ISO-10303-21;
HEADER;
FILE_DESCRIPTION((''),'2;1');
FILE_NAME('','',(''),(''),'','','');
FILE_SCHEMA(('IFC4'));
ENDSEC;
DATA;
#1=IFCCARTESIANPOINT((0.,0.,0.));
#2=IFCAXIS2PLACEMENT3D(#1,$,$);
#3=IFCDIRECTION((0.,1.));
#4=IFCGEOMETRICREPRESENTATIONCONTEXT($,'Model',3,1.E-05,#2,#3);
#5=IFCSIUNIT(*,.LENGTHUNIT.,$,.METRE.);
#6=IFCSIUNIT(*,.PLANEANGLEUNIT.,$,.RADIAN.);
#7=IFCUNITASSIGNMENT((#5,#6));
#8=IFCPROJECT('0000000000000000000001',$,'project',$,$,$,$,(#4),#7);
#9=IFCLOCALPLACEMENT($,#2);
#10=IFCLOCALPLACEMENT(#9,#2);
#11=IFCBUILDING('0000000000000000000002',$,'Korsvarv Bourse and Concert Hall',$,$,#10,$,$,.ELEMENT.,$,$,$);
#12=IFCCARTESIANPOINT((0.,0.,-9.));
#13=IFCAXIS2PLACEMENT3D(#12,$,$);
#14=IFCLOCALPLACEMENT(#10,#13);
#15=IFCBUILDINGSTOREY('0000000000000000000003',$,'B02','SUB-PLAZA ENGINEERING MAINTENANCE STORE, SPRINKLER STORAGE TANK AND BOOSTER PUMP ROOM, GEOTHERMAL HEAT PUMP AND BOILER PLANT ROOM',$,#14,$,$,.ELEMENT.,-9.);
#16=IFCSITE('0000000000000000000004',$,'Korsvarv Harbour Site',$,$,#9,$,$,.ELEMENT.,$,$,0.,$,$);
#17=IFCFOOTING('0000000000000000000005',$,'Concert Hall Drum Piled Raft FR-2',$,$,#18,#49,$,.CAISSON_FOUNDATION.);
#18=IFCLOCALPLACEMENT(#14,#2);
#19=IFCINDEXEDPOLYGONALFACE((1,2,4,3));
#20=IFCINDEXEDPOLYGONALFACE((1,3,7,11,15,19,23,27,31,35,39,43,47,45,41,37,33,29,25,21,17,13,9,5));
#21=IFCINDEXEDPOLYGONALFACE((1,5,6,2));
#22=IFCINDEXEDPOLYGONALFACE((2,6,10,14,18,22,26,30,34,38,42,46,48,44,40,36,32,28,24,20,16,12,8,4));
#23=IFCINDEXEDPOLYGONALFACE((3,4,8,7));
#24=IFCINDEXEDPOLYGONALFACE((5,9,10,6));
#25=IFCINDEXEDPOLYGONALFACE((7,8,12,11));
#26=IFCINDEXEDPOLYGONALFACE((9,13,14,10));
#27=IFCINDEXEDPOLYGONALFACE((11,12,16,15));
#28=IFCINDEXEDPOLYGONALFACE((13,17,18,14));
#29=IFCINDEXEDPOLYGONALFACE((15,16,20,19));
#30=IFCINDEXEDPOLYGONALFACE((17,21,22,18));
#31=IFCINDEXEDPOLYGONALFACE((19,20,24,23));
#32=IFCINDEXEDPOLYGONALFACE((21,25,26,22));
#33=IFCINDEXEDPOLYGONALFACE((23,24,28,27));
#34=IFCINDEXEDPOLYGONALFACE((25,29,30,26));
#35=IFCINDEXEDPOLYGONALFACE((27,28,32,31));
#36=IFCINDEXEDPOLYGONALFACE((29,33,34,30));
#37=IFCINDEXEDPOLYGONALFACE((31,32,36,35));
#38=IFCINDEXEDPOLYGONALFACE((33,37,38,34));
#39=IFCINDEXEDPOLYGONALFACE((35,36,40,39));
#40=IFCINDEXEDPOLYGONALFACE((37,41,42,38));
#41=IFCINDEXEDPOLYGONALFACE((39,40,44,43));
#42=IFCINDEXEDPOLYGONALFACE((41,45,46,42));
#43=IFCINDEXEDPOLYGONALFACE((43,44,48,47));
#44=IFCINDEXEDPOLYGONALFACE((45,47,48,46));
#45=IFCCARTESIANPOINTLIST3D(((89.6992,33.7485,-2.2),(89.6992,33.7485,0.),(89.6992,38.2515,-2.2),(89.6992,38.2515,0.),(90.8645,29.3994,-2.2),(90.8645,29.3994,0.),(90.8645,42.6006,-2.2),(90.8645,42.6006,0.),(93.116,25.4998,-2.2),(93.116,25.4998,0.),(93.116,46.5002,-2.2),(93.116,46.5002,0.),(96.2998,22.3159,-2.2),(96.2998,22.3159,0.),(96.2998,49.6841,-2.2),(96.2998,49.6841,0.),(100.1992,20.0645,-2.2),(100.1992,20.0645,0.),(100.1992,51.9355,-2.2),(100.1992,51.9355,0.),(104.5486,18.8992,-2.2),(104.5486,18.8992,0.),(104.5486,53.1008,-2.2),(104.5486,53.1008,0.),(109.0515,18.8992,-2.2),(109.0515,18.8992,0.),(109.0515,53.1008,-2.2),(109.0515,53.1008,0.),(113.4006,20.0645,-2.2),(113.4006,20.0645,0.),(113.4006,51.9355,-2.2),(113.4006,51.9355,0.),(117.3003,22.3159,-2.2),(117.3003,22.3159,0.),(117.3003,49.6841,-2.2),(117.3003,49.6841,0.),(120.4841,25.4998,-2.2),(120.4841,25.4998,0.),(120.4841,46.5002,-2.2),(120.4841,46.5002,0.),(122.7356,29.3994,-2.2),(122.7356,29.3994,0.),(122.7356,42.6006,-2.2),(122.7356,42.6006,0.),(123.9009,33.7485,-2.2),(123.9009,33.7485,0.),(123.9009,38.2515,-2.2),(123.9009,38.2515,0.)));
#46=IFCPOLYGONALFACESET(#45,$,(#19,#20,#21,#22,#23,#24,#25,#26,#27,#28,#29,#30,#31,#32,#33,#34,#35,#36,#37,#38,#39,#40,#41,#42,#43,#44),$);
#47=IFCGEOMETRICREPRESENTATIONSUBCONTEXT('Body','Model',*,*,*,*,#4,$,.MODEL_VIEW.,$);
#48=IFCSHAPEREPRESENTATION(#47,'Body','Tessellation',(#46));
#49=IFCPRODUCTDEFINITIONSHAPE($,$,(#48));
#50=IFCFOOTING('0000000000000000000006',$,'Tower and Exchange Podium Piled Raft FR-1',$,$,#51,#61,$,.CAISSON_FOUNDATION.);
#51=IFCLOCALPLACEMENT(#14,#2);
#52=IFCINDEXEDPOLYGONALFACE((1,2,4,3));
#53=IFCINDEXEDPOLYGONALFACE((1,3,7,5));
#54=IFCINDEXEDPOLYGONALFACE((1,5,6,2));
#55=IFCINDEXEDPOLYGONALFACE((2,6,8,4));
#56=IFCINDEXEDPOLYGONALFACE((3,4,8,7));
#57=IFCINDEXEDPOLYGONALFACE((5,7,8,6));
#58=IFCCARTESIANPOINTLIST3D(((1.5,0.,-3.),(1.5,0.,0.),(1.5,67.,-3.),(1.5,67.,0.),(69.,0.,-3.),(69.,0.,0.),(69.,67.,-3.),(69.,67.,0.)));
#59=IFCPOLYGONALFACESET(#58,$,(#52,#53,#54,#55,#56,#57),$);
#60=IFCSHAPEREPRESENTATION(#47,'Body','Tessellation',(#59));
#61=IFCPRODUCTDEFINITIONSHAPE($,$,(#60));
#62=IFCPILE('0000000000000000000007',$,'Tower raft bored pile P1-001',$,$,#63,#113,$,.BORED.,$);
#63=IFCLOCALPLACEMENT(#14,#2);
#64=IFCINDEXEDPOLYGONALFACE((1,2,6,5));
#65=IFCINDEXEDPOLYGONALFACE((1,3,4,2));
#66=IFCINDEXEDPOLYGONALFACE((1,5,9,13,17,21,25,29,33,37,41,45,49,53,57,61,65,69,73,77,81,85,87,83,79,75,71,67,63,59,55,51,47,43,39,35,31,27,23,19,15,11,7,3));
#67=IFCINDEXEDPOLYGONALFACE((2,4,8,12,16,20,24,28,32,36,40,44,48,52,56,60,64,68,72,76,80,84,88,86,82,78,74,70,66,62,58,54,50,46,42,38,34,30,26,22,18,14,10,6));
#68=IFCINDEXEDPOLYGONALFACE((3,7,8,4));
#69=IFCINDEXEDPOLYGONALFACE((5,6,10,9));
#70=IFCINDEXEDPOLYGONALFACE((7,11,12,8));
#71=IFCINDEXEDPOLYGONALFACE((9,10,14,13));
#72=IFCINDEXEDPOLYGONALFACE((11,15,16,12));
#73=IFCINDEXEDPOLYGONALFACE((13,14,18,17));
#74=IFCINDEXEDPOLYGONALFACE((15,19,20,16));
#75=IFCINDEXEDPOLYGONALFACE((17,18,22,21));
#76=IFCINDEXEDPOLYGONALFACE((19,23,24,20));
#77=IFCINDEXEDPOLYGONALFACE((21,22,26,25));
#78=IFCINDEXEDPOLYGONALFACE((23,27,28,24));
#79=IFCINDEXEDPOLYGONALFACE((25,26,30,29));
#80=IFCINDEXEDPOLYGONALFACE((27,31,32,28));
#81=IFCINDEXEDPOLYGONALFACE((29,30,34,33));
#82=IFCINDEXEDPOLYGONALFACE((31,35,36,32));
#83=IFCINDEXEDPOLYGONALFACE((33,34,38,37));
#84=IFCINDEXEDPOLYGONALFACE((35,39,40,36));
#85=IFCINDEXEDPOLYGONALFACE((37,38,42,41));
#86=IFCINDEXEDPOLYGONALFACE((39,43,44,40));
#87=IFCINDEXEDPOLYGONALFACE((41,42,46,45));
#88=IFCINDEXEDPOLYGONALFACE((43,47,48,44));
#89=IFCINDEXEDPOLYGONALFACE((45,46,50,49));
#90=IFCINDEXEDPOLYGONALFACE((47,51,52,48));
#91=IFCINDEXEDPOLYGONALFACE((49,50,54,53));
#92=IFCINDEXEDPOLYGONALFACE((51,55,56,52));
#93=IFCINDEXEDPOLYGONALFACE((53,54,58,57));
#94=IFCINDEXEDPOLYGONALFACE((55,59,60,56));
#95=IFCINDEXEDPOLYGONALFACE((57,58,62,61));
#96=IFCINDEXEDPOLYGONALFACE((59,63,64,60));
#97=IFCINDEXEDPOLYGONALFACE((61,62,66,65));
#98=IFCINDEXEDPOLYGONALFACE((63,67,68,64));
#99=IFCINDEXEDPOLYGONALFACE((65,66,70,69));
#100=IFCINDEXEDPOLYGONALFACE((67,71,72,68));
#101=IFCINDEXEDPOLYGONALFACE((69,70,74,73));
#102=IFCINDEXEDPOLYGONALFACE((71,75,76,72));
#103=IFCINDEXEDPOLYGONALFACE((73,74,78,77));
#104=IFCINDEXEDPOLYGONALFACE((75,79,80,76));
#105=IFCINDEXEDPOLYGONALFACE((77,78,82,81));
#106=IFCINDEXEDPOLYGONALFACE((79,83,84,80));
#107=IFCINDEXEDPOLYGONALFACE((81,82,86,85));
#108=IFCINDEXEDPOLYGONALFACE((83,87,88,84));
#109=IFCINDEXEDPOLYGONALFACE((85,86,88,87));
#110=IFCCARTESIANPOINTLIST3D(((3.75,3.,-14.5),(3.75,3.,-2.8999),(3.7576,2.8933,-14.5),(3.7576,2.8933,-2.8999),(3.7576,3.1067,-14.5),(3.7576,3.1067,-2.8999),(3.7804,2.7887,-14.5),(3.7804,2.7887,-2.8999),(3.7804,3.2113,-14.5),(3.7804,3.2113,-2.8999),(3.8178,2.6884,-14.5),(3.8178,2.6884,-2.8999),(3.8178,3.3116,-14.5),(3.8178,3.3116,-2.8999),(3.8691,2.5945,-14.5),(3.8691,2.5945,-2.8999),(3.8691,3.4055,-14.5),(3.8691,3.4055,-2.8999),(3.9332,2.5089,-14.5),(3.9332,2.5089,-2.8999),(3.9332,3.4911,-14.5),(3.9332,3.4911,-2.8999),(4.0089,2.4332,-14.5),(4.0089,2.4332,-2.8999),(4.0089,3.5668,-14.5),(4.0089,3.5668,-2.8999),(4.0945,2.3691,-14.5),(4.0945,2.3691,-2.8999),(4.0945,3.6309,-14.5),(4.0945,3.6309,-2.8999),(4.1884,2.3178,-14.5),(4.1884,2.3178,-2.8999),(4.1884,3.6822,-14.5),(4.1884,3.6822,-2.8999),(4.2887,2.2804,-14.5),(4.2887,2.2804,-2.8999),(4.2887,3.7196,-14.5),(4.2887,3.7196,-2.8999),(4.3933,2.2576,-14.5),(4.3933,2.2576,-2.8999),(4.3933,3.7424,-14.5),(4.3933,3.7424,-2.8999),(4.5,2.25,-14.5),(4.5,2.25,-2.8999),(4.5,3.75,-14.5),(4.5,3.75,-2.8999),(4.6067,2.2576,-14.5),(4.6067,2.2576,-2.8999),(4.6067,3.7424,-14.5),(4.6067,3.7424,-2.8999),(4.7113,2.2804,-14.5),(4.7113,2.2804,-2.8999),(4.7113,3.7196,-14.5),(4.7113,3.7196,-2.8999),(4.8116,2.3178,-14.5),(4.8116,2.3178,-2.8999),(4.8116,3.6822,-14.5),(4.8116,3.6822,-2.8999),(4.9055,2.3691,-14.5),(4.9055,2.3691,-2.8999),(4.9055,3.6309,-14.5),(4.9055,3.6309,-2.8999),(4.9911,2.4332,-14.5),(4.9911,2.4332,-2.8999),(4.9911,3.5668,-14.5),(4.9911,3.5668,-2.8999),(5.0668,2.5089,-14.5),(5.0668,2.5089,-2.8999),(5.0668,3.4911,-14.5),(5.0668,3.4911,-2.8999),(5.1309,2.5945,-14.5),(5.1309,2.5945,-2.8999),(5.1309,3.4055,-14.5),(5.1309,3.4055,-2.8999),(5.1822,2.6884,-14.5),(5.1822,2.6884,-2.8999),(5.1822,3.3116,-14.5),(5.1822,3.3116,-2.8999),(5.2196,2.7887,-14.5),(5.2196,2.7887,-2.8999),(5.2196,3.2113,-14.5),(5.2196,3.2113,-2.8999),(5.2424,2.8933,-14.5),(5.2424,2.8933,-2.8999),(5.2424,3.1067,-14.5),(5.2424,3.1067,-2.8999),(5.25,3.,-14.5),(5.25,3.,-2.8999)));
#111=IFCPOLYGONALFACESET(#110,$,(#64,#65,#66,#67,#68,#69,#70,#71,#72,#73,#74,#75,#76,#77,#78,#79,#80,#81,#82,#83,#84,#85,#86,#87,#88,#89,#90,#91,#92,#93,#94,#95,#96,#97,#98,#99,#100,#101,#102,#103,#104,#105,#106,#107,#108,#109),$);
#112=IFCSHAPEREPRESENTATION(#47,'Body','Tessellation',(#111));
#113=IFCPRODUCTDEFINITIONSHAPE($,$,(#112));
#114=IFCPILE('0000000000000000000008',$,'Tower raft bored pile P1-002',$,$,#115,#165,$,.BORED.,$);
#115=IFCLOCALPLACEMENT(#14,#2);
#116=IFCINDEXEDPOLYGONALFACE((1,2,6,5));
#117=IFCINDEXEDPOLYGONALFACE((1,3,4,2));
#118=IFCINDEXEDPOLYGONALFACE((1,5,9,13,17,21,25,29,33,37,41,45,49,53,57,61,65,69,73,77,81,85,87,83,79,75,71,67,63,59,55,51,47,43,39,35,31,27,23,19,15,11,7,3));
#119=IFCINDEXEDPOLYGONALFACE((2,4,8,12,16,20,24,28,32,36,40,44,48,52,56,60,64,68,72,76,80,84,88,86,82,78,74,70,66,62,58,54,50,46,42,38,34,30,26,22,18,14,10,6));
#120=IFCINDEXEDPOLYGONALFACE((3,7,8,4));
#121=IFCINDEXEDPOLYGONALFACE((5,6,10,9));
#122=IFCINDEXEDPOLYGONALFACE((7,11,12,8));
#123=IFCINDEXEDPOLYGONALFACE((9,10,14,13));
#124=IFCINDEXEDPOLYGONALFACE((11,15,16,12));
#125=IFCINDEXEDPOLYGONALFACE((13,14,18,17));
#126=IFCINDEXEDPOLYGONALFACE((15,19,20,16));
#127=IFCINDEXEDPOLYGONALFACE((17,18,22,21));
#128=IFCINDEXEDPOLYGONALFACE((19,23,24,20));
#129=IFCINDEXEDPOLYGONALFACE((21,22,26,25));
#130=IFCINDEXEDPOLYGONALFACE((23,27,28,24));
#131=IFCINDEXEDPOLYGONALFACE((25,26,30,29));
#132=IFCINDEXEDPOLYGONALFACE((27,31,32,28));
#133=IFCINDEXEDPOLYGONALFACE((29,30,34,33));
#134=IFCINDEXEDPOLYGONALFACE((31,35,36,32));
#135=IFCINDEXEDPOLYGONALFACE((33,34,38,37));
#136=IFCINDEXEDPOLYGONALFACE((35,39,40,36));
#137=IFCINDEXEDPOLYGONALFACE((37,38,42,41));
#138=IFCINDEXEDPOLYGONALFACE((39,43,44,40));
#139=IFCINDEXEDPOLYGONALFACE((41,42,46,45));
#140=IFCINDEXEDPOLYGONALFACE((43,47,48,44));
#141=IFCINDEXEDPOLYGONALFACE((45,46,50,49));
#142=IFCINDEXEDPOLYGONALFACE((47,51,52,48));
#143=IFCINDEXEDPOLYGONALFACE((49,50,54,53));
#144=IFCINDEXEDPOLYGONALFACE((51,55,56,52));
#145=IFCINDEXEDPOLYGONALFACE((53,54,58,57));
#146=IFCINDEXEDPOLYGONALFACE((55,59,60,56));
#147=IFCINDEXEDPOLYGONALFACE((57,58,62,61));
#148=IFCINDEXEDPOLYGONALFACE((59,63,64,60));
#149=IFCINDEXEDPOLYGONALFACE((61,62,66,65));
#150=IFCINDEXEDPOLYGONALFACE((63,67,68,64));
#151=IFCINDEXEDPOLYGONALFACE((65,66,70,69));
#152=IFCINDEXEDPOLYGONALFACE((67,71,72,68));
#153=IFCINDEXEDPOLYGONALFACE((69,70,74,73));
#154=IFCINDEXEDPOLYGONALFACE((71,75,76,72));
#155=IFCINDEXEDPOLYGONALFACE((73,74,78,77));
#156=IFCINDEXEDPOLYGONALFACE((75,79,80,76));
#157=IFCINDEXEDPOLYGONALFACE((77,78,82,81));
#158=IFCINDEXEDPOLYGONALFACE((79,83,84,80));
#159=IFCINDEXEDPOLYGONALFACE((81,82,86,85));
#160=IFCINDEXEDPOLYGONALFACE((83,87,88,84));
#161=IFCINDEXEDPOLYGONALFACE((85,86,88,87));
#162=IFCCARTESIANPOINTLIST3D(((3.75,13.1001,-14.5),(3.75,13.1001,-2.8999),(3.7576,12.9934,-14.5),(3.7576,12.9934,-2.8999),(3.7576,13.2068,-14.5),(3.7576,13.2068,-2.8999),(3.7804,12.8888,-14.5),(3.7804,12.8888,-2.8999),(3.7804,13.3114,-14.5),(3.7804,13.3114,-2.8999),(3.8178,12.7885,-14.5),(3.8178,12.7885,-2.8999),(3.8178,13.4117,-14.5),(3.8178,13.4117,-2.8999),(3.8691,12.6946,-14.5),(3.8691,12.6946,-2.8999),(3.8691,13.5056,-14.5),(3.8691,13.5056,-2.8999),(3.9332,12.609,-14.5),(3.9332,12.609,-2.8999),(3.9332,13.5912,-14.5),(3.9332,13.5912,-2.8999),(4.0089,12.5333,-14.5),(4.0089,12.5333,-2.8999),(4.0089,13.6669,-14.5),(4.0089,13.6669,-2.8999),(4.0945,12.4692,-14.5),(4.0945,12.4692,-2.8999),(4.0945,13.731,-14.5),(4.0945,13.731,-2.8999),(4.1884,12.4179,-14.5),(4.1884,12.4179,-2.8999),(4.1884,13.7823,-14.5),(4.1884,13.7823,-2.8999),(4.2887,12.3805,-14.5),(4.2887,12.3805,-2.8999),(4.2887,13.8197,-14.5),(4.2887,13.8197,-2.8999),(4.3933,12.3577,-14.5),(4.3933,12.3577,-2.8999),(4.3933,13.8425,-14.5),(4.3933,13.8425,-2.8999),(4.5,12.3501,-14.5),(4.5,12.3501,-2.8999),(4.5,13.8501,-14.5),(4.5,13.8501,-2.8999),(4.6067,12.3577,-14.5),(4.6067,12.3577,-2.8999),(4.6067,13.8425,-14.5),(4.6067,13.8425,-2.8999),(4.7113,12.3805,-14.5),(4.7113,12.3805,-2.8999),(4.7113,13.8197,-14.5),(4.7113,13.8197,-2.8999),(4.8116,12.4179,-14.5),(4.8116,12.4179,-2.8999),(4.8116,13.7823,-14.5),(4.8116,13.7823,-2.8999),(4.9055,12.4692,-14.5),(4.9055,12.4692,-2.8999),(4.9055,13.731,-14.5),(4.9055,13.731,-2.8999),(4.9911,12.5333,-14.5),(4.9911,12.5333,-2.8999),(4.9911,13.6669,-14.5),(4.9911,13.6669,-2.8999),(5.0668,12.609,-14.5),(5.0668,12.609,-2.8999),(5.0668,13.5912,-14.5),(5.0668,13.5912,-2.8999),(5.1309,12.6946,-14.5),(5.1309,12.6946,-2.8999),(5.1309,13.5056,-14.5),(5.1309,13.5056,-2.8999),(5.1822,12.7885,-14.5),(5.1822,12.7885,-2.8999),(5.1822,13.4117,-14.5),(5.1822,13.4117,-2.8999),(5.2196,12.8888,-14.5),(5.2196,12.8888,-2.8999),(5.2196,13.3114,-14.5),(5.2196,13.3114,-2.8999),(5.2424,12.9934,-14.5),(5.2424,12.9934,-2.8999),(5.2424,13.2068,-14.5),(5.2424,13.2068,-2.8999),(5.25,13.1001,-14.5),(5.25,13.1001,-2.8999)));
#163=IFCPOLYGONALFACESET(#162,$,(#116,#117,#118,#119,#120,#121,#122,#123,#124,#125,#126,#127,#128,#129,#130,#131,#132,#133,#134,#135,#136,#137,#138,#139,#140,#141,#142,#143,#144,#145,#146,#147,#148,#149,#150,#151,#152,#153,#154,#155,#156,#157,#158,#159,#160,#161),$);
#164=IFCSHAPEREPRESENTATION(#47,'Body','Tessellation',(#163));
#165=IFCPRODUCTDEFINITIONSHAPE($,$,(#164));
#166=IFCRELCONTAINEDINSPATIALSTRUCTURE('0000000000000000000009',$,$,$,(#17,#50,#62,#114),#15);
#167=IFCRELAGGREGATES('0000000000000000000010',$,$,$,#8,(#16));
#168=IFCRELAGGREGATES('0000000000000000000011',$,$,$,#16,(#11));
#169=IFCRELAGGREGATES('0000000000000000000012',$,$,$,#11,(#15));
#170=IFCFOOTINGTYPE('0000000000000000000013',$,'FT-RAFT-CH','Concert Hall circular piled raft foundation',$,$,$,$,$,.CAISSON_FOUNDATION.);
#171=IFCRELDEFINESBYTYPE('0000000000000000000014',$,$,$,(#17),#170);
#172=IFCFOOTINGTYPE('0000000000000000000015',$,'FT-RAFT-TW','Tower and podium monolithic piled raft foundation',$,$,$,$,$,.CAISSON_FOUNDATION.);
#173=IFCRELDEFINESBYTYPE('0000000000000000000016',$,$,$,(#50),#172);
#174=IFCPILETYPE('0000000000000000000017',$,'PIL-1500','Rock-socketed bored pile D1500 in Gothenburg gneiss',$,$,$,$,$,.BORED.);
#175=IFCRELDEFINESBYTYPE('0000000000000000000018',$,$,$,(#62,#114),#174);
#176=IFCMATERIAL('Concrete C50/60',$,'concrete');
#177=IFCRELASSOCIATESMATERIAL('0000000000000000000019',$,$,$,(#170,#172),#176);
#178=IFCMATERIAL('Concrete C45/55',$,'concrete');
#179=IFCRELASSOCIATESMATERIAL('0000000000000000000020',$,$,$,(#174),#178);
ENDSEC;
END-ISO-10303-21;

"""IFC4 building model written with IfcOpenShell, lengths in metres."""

from ifc_helpers import new_model, si_unit, direction, frame, origin, origin_2d, place, context, subcontext, project, spatial, polyline, circle, outline, extrude, source, transform, mapped, material, material_profile, profile_set, type_object, element, save


model = new_model("IFC4")

# Units and contexts
model_context = context("Model", 3, precision=1e-05, world=origin(), true_north=direction((0.0, 1.0)))
body_context = subcontext(model_context, "Body", "Model", "MODEL_VIEW")
ifc_project = project(units=[si_unit("LENGTHUNIT", "METRE"), si_unit("PLANEANGLEUNIT", "RADIAN")], contexts=[model_context])

# Site, building, storey
site_placement = place(None, origin())
site = spatial("IfcSite", under=ifc_project, at=site_placement, Name="Korsvarv Harbour Site", CompositionType="ELEMENT", RefElevation=0.0)
building_placement = place(site_placement, origin())
building = spatial("IfcBuilding", under=site, at=building_placement, Name="Korsvarv Bourse and Concert Hall", CompositionType="ELEMENT")
storey_placement = place(building_placement, frame((0.0, 0.0, -9.0)))
storey = spatial("IfcBuildingStorey", under=building, at=storey_placement, Name="B02", Description="SUB-PLAZA ENGINEERING MAINTENANCE STORE, SPRINKLER STORAGE TANK AND BOOSTER PUMP ROOM, GEOTHERMAL HEAT PUMP AND BOILER PLANT ROOM", CompositionType="ELEMENT", Elevation=-9.0)

# Footings
ifc_material_1 = material(Name="Concrete C50/60", Category="concrete")
footing_type_1 = type_object("IfcFootingType", Name="FT-RAFT-CH", Description="Concert Hall circular piled raft foundation", PredefinedType="CAISSON_FOUNDATION", material=ifc_material_1)
footing_1_placement = place(storey_placement, frame((0.0, 0.0, -2.2)))
element("IfcFooting", 1, at=footing_1_placement, inside=storey, type_object=footing_type_1, Name="Concert Hall Drum Piled Raft FR-2", PredefinedType="CAISSON_FOUNDATION", context=body_context, shape_type="SweptSolid", body=[
    extrude(outline(polyline([(123.9009, 38.2515), (122.7356, 42.6006), (120.4841, 46.5002), (117.3003, 49.6841), (113.4006, 51.9355), (109.0515, 53.1008), (104.5486, 53.1008), (100.1992, 51.9355), (96.2998, 49.6841), (93.116, 46.5002), (90.8645, 42.6006), (89.6992, 38.2515), (89.6992, 33.7485), (90.8645, 29.3994), (93.116, 25.4998), (96.2998, 22.3159), (100.1992, 20.0645), (104.5486, 18.8992), (109.0515, 18.8992), (113.4006, 20.0645), (117.3003, 22.3159), (120.4841, 25.4998), (122.7356, 29.3994), (123.9009, 33.7485), (123.9009, 38.2515)])), origin(), (0.0, 0.0, 1.0), 2.2),
])
footing_type_2 = type_object("IfcFootingType", Name="FT-RAFT-TW", Description="Tower and podium monolithic piled raft foundation", PredefinedType="CAISSON_FOUNDATION", material=ifc_material_1)
footing_2_placement = place(storey_placement, frame((0.0, 0.0, -3.0)))
element("IfcFooting", 2, at=footing_2_placement, inside=storey, type_object=footing_type_2, Name="Tower and Exchange Podium Piled Raft FR-1", PredefinedType="CAISSON_FOUNDATION", context=body_context, shape_type="SweptSolid", body=[
    extrude(outline(polyline([(1.5, 0.0), (69.0, 0.0), (69.0, 67.0), (1.5, 67.0), (1.5, 0.0)])), origin(), (0.0, 0.0, 1.0), 3.0),
])

# Piles
ifc_material_2 = material(Name="Concrete C45/55", Category="concrete")
ifc_material_profile_1 = material_profile(ifc_material_2, circle(Radius=0.75, at=origin_2d()), Name="PILE D1500")
ifc_profile_set_1 = profile_set([ifc_material_profile_1], Name="Concrete C45/55")
pile_type = type_object("IfcPileType", Name="PIL-1500", Description="Rock-socketed bored pile D1500 in Gothenburg gneiss", PredefinedType="BORED", material=ifc_profile_set_1)
shared_shape_1 = source(origin(), body_context, "Body", "SweptSolid", [
    extrude(circle(Radius=0.75, at=origin_2d()), origin(), (0.0, 0.0, 1.0), 11.6001),
])
for number, where, z_axis, x_axis, name in (
    (3, (4.5, 3.0, -2.8999), (0.0, 0.0, -1.0), (1.0, 0.0, 0.0), "Tower raft bored pile P1-001"),
    (4, (4.5, 13.1001, -2.8999), (0.0, 0.0, -1.0), (1.0, 0.0, 0.0), "Tower raft bored pile P1-002"),
):
    element("IfcPile", number, at=place(storey_placement, frame(where, z_axis=z_axis, x_axis=x_axis)), inside=storey, type_object=pile_type, Name=name, PredefinedType="BORED", context=body_context, shape_type="MappedRepresentation", body=[
        mapped(shared_shape_1, transform((0.0, 0.0, 0.0), scale=1.0)),
    ])

save(model, "model.ifc")
